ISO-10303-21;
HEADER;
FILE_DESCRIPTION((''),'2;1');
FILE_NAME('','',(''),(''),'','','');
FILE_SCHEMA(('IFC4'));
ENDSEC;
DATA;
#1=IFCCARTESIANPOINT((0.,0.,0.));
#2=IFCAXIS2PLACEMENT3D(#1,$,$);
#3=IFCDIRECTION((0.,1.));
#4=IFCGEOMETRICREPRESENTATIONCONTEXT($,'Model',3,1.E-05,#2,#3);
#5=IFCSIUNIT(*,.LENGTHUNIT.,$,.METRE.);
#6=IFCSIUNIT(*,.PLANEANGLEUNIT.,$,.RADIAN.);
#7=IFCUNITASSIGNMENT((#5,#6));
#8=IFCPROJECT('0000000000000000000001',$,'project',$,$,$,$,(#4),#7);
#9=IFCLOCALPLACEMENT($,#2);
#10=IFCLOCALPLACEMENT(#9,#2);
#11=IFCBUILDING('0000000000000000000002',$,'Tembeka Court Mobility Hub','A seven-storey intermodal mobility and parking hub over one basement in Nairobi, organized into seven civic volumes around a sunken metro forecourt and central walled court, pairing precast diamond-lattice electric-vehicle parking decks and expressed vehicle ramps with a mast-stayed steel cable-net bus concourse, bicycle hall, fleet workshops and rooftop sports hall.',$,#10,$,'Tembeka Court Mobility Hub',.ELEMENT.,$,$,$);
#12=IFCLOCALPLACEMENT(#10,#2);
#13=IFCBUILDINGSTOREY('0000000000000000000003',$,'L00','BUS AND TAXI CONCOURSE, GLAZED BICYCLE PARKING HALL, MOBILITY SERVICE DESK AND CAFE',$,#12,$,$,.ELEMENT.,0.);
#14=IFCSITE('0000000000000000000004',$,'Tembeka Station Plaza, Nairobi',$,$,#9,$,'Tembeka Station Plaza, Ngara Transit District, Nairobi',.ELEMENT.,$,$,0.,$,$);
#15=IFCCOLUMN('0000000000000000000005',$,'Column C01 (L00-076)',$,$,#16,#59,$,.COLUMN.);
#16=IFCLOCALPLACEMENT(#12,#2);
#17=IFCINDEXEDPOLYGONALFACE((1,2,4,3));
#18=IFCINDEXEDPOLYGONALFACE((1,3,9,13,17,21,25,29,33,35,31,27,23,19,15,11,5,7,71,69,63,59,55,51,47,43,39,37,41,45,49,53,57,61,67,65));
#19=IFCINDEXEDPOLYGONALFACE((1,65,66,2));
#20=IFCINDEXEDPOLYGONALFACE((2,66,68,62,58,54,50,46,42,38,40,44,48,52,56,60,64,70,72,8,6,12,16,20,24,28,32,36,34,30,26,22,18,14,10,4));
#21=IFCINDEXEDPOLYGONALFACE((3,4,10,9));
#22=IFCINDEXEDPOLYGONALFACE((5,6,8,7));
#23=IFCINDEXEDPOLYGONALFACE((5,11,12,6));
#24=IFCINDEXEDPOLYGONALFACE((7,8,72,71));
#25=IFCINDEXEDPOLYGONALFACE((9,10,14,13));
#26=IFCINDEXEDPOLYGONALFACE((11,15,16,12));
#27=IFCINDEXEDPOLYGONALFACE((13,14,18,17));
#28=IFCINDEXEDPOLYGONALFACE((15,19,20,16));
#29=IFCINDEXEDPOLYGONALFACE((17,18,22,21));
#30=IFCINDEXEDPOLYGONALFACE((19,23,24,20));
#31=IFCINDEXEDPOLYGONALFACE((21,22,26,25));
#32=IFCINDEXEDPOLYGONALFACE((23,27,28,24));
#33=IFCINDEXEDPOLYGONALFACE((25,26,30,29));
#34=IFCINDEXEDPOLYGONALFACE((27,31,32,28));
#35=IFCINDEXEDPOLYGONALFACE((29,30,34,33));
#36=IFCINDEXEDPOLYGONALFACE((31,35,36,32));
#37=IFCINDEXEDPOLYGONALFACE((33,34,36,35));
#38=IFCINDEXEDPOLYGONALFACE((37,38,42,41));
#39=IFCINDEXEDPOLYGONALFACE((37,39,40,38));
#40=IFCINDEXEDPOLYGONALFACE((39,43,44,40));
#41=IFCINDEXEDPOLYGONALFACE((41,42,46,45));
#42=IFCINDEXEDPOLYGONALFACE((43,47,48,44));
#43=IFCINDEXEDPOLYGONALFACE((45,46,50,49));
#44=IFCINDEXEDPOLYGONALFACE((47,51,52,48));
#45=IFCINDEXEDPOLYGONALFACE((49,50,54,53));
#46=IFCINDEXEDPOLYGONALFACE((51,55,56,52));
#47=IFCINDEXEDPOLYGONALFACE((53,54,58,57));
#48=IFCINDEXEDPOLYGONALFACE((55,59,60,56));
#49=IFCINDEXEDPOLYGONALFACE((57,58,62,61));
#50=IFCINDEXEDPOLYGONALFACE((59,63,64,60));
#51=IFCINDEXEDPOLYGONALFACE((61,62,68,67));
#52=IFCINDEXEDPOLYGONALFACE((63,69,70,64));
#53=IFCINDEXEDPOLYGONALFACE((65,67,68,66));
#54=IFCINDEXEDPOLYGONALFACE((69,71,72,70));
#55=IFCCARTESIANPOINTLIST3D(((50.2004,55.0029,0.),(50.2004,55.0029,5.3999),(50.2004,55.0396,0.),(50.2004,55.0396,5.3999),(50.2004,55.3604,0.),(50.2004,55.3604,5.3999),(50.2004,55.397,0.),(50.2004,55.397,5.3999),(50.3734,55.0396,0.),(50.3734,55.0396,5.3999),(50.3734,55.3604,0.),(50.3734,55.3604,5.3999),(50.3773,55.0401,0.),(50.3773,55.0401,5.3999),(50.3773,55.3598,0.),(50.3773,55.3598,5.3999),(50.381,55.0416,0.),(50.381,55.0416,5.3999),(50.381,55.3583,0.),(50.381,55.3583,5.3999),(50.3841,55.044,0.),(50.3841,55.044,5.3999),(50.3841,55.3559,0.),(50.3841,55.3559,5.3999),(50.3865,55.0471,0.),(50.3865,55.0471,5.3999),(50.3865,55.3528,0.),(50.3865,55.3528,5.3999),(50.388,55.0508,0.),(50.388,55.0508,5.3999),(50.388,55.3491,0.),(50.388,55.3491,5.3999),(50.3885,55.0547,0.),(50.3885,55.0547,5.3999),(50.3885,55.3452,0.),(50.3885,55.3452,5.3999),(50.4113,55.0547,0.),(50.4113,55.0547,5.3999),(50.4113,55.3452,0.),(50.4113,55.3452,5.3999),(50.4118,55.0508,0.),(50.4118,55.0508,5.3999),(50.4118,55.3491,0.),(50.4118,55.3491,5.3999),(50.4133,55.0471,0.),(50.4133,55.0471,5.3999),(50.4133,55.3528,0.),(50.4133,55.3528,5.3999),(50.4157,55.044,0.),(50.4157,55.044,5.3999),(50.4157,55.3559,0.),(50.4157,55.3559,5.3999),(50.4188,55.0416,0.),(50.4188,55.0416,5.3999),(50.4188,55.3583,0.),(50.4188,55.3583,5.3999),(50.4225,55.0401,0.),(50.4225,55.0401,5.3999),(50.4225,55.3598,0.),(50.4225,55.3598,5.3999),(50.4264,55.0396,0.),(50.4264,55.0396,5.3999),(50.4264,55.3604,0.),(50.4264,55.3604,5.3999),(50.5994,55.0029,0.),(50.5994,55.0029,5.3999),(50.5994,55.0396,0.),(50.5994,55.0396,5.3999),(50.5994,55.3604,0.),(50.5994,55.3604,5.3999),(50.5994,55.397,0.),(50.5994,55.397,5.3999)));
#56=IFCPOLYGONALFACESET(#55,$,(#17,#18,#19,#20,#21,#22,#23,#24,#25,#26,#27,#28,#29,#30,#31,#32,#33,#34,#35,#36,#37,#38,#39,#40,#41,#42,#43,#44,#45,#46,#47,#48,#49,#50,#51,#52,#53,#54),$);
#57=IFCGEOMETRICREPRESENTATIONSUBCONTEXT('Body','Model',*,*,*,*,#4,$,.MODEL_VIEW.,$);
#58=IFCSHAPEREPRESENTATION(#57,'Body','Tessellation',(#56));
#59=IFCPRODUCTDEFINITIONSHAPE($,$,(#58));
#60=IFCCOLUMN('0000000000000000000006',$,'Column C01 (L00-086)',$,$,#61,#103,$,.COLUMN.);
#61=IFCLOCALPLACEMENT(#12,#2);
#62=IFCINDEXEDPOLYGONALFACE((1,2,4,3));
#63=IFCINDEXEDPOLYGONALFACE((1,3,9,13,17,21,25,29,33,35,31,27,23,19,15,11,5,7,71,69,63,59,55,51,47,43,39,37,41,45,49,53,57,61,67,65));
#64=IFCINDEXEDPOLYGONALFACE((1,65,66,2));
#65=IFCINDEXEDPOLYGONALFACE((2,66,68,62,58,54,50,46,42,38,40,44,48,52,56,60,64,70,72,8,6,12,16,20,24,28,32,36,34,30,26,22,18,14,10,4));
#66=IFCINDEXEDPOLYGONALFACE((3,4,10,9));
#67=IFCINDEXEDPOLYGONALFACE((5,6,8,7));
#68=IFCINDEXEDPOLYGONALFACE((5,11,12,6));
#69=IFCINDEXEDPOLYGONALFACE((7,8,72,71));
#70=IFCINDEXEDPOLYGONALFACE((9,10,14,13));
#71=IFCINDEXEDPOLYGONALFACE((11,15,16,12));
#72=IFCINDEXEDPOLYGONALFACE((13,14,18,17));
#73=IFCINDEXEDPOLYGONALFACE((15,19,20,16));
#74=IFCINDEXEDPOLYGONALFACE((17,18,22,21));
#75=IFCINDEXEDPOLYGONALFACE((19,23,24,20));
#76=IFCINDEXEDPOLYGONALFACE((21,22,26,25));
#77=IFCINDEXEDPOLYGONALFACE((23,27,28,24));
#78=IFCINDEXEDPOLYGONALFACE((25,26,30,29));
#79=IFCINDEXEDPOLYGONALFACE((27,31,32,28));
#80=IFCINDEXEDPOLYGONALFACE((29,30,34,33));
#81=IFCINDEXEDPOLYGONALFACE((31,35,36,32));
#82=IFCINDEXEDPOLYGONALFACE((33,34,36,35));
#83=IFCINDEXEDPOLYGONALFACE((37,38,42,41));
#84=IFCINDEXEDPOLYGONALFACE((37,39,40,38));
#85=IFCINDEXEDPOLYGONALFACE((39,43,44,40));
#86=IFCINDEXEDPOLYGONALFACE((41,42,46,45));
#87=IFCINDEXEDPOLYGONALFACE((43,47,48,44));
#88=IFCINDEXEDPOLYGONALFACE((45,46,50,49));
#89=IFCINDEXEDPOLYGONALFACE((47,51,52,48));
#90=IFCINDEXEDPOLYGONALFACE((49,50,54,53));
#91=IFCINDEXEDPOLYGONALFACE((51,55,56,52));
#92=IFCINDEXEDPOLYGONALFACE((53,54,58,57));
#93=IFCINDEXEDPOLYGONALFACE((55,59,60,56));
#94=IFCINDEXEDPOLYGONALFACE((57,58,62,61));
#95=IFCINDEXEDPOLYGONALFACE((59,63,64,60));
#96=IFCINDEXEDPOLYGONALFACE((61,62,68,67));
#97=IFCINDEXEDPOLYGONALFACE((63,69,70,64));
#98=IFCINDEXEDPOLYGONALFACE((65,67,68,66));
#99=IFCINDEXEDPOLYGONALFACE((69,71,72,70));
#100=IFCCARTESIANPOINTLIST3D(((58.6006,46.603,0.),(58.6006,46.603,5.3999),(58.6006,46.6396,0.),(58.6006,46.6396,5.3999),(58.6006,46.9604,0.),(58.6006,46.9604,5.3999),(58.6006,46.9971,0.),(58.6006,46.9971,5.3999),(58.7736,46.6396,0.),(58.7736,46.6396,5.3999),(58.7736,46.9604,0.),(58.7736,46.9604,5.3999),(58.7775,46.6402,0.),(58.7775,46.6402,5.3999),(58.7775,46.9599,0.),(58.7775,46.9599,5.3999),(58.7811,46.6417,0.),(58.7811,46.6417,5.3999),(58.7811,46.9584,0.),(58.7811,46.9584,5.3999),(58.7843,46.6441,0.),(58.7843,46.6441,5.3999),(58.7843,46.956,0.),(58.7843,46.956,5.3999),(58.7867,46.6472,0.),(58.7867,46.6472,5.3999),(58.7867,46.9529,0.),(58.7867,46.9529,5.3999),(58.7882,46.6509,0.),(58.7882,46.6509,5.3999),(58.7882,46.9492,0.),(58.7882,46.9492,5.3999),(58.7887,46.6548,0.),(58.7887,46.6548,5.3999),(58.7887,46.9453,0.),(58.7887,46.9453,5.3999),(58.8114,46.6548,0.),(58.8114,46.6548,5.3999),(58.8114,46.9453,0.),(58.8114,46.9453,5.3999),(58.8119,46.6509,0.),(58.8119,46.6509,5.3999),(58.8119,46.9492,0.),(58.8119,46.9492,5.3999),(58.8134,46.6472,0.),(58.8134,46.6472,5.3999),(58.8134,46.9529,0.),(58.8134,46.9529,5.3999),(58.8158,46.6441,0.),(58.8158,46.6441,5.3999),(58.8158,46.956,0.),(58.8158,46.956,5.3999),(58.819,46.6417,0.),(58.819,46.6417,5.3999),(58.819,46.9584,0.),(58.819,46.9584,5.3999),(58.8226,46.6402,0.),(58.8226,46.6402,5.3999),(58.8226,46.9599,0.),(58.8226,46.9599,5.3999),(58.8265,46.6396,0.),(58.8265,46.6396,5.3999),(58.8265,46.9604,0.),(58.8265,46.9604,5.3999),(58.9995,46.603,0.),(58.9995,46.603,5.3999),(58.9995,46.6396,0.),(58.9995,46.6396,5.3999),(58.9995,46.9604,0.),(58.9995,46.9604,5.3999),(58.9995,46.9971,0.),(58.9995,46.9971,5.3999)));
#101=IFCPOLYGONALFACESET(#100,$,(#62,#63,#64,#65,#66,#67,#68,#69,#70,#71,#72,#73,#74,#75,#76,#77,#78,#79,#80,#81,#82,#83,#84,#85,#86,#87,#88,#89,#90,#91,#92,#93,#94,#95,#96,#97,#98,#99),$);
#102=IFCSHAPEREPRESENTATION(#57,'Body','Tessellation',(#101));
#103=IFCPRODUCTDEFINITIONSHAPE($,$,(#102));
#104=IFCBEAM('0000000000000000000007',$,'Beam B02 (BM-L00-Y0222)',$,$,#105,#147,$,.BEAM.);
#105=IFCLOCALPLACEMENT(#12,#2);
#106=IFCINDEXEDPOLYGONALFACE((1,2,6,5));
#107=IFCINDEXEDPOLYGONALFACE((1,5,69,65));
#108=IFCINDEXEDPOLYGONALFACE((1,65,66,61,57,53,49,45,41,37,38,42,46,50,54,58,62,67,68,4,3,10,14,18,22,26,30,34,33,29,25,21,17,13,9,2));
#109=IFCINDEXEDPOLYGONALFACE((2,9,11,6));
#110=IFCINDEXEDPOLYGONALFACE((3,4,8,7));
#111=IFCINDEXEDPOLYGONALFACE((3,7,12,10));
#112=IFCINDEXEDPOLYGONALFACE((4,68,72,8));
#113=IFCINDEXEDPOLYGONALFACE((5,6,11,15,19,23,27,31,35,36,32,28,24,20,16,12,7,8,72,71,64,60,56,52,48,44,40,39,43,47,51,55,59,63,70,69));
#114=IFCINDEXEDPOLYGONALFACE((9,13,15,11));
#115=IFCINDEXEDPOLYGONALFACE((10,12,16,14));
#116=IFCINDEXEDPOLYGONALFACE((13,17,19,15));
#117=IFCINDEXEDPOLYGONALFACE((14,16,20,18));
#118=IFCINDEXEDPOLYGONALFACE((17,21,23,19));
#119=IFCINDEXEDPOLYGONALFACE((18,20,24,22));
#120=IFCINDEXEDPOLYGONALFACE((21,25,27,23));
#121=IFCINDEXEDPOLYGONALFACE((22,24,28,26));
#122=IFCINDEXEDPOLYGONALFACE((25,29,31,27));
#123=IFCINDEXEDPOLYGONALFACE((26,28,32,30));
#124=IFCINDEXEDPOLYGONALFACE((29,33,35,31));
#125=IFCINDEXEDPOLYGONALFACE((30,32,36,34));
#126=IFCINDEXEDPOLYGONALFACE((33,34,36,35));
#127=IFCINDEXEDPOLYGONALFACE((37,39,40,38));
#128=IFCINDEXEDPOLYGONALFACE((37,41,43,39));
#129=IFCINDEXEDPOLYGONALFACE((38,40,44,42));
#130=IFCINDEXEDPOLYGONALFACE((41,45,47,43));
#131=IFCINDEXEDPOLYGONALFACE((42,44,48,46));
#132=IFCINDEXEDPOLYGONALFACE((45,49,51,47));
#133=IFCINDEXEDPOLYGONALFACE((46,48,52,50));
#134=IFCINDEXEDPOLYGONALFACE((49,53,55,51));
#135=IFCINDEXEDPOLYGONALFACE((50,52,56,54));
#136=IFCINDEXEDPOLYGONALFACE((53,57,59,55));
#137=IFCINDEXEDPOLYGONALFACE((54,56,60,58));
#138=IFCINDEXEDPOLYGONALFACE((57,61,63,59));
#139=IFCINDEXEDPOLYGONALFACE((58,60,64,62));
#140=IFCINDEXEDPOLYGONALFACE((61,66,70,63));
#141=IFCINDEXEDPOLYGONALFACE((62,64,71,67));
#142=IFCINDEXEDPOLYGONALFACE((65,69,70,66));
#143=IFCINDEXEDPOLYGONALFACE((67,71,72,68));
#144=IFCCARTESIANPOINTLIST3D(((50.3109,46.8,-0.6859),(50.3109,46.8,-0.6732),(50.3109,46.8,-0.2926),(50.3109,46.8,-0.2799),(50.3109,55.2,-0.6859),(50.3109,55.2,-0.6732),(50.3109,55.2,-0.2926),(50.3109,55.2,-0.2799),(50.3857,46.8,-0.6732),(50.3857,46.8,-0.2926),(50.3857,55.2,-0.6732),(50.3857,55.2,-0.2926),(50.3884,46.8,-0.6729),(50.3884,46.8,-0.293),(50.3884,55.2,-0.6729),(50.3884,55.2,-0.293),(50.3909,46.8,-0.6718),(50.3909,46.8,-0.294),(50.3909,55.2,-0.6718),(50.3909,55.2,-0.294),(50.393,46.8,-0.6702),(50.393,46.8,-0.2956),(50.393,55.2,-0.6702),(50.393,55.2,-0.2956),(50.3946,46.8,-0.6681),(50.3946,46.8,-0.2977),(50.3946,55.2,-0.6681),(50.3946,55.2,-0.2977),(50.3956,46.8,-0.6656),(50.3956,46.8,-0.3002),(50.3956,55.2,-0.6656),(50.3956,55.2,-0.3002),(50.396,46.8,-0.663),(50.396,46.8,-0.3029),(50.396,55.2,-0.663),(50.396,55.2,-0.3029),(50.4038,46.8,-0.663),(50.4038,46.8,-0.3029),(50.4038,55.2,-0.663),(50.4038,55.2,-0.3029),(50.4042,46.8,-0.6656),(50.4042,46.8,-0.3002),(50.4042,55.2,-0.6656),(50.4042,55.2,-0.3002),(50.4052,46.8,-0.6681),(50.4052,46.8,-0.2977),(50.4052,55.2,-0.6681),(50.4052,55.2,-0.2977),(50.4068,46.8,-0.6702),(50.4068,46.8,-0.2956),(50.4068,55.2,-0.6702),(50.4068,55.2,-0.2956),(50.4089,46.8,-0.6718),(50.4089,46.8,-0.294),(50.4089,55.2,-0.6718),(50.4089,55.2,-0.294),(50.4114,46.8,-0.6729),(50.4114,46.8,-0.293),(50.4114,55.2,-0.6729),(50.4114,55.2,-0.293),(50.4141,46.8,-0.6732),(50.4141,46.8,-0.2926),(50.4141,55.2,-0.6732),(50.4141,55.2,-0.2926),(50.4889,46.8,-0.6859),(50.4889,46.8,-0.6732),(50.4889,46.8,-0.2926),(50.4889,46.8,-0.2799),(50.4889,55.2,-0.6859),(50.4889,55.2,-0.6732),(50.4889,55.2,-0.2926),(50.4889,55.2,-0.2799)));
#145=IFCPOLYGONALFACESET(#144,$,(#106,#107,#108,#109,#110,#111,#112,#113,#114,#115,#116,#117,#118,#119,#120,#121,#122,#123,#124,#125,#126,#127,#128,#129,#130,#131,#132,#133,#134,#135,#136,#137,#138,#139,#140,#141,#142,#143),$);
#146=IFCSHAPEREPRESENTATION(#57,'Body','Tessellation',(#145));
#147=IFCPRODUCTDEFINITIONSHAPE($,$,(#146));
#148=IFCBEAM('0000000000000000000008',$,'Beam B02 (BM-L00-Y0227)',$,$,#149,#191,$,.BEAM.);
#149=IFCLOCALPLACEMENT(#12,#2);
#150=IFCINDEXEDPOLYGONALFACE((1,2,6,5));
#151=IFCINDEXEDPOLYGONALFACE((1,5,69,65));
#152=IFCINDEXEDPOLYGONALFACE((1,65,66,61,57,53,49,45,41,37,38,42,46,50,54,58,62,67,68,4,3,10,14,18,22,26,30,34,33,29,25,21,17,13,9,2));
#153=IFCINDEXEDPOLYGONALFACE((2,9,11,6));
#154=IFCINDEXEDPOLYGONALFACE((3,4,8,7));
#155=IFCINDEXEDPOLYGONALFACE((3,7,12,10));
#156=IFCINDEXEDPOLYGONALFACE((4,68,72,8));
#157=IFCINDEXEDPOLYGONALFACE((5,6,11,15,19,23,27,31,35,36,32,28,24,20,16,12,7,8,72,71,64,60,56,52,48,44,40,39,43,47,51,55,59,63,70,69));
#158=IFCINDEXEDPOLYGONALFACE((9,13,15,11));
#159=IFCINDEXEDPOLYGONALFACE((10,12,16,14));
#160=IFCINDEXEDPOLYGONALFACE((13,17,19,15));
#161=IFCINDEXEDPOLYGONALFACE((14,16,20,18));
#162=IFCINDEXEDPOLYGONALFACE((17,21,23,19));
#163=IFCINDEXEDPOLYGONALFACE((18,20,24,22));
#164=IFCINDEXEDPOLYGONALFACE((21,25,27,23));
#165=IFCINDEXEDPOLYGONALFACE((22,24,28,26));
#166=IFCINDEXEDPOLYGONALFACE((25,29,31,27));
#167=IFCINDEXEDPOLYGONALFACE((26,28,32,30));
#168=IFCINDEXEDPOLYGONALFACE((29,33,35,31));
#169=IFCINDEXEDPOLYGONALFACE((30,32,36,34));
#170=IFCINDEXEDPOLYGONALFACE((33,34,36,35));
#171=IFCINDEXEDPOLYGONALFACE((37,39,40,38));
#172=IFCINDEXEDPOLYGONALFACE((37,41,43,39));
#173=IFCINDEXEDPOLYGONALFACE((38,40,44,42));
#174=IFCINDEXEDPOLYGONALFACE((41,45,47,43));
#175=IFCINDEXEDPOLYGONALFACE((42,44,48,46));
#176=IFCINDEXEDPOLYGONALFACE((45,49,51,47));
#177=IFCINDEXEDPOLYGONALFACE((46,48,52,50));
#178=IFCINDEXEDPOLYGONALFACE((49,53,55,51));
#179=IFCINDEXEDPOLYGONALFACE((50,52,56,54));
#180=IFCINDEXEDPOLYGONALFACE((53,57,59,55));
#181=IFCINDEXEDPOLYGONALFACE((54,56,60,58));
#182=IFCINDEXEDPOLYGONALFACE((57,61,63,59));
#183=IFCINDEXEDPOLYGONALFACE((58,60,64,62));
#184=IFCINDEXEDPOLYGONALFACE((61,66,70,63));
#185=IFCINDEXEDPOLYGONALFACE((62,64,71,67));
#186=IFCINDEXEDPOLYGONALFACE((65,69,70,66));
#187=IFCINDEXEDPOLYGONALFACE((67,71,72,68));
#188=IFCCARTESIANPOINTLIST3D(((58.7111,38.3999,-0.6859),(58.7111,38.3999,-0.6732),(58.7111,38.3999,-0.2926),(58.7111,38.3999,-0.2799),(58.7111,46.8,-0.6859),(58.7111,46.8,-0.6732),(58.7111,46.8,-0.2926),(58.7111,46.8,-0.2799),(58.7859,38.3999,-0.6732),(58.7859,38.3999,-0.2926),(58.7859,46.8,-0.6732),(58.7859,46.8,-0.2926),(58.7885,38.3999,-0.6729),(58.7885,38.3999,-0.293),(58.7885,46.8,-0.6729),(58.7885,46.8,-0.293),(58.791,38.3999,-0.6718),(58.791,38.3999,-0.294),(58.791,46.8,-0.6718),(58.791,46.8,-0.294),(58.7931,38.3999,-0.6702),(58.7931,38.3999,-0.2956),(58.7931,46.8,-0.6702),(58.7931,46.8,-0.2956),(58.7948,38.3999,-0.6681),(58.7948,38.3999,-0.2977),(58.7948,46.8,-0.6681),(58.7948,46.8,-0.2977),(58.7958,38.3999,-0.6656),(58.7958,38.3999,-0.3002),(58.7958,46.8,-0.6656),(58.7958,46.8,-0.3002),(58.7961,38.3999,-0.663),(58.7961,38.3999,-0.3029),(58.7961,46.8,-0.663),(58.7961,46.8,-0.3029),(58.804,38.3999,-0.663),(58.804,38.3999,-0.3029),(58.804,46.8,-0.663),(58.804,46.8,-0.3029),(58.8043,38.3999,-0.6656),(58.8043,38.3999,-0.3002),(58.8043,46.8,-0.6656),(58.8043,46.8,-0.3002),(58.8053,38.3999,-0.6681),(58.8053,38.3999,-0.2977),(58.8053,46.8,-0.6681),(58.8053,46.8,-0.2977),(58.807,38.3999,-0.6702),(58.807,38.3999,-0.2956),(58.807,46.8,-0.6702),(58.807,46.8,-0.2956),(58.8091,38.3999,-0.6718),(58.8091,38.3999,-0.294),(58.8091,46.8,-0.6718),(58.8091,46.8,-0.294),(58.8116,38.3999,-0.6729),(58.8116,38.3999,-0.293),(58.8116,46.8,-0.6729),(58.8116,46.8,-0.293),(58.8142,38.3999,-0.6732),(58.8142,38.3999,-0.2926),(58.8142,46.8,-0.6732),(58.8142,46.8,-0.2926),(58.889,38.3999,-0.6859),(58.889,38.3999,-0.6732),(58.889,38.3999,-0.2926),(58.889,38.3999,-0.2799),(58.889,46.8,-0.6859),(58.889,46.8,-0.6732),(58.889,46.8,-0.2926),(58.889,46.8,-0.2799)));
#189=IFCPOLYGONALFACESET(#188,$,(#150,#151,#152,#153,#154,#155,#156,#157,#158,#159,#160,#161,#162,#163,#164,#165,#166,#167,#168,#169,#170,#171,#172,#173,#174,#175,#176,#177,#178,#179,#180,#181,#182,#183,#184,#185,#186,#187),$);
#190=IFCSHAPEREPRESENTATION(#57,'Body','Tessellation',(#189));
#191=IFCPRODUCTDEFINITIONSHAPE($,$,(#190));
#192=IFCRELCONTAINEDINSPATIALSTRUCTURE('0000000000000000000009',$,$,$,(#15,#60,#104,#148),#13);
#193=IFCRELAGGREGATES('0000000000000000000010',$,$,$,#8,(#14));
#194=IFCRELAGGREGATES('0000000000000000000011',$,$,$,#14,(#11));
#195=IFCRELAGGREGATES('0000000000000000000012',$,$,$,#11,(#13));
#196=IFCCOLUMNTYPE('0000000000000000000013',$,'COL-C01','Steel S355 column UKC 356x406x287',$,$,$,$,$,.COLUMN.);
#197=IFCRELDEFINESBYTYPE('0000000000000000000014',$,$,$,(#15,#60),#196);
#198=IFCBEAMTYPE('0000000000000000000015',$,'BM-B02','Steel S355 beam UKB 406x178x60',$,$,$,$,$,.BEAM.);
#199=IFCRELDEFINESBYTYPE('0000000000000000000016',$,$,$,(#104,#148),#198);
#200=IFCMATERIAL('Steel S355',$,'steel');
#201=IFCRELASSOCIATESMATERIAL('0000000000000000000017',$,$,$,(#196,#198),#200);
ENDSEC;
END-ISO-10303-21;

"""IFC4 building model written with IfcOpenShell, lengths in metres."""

from ifc_helpers import new_model, si_unit, direction, frame, origin, origin_2d, place, context, subcontext, project, spatial, i_section, extrude, material, material_profile, profile_set, type_object, element, save


model = new_model("IFC4")

# Units and contexts
model_context = context("Model", 3, precision=1e-05, world=origin(), true_north=direction((0.0, 1.0)))
body_context = subcontext(model_context, "Body", "Model", "MODEL_VIEW")
ifc_project = project(units=[si_unit("LENGTHUNIT", "METRE"), si_unit("PLANEANGLEUNIT", "RADIAN")], contexts=[model_context])

# Site, building, storey
site_placement = place(None, origin())
site = spatial("IfcSite", under=ifc_project, at=site_placement, Name="Tembeka Station Plaza, Nairobi", LongName="Tembeka Station Plaza, Ngara Transit District, Nairobi", CompositionType="ELEMENT", RefElevation=0.0)
building_placement = place(site_placement, origin())
building = spatial("IfcBuilding", under=site, at=building_placement, Name="Tembeka Court Mobility Hub", Description="A seven-storey intermodal mobility and parking hub over one basement in Nairobi, organized into seven civic volumes around a sunken metro forecourt and central walled court, pairing precast diamond-lattice electric-vehicle parking decks and expressed vehicle ramps with a mast-stayed steel cable-net bus concourse, bicycle hall, fleet workshops and rooftop sports hall.", LongName="Tembeka Court Mobility Hub", CompositionType="ELEMENT")
storey_placement = place(building_placement, origin())
storey = spatial("IfcBuildingStorey", under=building, at=storey_placement, Name="L00", Description="BUS AND TAXI CONCOURSE, GLAZED BICYCLE PARKING HALL, MOBILITY SERVICE DESK AND CAFE", CompositionType="ELEMENT", Elevation=0.0)

# Columns
ifc_material_1 = material(Name="Steel S355", Category="steel")
ifc_material_profile_1 = material_profile(ifc_material_1, i_section(OverallWidth=0.3989, OverallDepth=0.394, WebThickness=0.0227, FlangeThickness=0.0366, FilletRadius=0.0151, at=origin_2d()), Name="UKC 356x406x287")
ifc_profile_set_1 = profile_set([ifc_material_profile_1], Name="Steel S355")
column_type = type_object("IfcColumnType", Name="COL-C01", Description="Steel S355 column UKC 356x406x287", PredefinedType="COLUMN", material=ifc_profile_set_1)
for number, where, z_axis, x_axis, name in (
    (1, (50.3999, 55.2, 0.0), (0.0, 0.0, 1.0), (1.0, 0.0, 0.0), "Column C01 (L00-076)"),
    (2, (58.8, 46.8, 0.0), (0.0, 0.0, 1.0), (1.0, 0.0, 0.0), "Column C01 (L00-086)"),
):
    element("IfcColumn", number, at=place(storey_placement, frame(where, z_axis=z_axis, x_axis=x_axis)), inside=storey, type_object=column_type, Name=name, PredefinedType="COLUMN", context=body_context, shape_type="SweptSolid", body=[
        extrude(i_section(OverallWidth=0.3989, OverallDepth=0.394, WebThickness=0.0227, FlangeThickness=0.0366, FilletRadius=0.0151, at=origin_2d()), origin(), (0.0, 0.0, 1.0), 5.3999),
    ])

# Beams
ifc_material_profile_2 = material_profile(ifc_material_1, i_section(OverallWidth=0.178, OverallDepth=0.406, WebThickness=0.0078, FlangeThickness=0.0127, FilletRadius=0.0103, at=origin_2d()), Name="UKB 406x178x60")
ifc_profile_set_2 = profile_set([ifc_material_profile_2], Name="Steel S355")
beam_type_1 = type_object("IfcBeamType", Name="BM-B02", Description="Steel S355 beam UKB 406x178x60", PredefinedType="BEAM", material=ifc_profile_set_2)
beam_1_placement = place(storey_placement, frame((50.3999, 46.8, -0.4829), z_axis=(0.0, 1.0, 0.0), x_axis=(-1.0, 0.0, 0.0)))
element("IfcBeam", 3, at=beam_1_placement, inside=storey, type_object=beam_type_1, Name="Beam B02 (BM-L00-Y0222)", PredefinedType="BEAM", context=body_context, shape_type="SweptSolid", body=[
    extrude(i_section(OverallWidth=0.178, OverallDepth=0.406, WebThickness=0.0078, FlangeThickness=0.0127, FilletRadius=0.0103, at=origin_2d()), origin(), (0.0, 0.0, 1.0), 8.3999),
])
beam_2_placement = place(storey_placement, frame((58.8, 38.3999, -0.4829), z_axis=(0.0, 1.0, 0.0), x_axis=(-1.0, 0.0, 0.0)))
element("IfcBeam", 4, at=beam_2_placement, inside=storey, type_object=beam_type_1, Name="Beam B02 (BM-L00-Y0227)", PredefinedType="BEAM", context=body_context, shape_type="SweptSolid", body=[
    extrude(i_section(OverallWidth=0.178, OverallDepth=0.406, WebThickness=0.0078, FlangeThickness=0.0127, FilletRadius=0.0103, at=origin_2d()), origin(), (0.0, 0.0, 1.0), 8.4001),
])

save(model, "model.ifc")
